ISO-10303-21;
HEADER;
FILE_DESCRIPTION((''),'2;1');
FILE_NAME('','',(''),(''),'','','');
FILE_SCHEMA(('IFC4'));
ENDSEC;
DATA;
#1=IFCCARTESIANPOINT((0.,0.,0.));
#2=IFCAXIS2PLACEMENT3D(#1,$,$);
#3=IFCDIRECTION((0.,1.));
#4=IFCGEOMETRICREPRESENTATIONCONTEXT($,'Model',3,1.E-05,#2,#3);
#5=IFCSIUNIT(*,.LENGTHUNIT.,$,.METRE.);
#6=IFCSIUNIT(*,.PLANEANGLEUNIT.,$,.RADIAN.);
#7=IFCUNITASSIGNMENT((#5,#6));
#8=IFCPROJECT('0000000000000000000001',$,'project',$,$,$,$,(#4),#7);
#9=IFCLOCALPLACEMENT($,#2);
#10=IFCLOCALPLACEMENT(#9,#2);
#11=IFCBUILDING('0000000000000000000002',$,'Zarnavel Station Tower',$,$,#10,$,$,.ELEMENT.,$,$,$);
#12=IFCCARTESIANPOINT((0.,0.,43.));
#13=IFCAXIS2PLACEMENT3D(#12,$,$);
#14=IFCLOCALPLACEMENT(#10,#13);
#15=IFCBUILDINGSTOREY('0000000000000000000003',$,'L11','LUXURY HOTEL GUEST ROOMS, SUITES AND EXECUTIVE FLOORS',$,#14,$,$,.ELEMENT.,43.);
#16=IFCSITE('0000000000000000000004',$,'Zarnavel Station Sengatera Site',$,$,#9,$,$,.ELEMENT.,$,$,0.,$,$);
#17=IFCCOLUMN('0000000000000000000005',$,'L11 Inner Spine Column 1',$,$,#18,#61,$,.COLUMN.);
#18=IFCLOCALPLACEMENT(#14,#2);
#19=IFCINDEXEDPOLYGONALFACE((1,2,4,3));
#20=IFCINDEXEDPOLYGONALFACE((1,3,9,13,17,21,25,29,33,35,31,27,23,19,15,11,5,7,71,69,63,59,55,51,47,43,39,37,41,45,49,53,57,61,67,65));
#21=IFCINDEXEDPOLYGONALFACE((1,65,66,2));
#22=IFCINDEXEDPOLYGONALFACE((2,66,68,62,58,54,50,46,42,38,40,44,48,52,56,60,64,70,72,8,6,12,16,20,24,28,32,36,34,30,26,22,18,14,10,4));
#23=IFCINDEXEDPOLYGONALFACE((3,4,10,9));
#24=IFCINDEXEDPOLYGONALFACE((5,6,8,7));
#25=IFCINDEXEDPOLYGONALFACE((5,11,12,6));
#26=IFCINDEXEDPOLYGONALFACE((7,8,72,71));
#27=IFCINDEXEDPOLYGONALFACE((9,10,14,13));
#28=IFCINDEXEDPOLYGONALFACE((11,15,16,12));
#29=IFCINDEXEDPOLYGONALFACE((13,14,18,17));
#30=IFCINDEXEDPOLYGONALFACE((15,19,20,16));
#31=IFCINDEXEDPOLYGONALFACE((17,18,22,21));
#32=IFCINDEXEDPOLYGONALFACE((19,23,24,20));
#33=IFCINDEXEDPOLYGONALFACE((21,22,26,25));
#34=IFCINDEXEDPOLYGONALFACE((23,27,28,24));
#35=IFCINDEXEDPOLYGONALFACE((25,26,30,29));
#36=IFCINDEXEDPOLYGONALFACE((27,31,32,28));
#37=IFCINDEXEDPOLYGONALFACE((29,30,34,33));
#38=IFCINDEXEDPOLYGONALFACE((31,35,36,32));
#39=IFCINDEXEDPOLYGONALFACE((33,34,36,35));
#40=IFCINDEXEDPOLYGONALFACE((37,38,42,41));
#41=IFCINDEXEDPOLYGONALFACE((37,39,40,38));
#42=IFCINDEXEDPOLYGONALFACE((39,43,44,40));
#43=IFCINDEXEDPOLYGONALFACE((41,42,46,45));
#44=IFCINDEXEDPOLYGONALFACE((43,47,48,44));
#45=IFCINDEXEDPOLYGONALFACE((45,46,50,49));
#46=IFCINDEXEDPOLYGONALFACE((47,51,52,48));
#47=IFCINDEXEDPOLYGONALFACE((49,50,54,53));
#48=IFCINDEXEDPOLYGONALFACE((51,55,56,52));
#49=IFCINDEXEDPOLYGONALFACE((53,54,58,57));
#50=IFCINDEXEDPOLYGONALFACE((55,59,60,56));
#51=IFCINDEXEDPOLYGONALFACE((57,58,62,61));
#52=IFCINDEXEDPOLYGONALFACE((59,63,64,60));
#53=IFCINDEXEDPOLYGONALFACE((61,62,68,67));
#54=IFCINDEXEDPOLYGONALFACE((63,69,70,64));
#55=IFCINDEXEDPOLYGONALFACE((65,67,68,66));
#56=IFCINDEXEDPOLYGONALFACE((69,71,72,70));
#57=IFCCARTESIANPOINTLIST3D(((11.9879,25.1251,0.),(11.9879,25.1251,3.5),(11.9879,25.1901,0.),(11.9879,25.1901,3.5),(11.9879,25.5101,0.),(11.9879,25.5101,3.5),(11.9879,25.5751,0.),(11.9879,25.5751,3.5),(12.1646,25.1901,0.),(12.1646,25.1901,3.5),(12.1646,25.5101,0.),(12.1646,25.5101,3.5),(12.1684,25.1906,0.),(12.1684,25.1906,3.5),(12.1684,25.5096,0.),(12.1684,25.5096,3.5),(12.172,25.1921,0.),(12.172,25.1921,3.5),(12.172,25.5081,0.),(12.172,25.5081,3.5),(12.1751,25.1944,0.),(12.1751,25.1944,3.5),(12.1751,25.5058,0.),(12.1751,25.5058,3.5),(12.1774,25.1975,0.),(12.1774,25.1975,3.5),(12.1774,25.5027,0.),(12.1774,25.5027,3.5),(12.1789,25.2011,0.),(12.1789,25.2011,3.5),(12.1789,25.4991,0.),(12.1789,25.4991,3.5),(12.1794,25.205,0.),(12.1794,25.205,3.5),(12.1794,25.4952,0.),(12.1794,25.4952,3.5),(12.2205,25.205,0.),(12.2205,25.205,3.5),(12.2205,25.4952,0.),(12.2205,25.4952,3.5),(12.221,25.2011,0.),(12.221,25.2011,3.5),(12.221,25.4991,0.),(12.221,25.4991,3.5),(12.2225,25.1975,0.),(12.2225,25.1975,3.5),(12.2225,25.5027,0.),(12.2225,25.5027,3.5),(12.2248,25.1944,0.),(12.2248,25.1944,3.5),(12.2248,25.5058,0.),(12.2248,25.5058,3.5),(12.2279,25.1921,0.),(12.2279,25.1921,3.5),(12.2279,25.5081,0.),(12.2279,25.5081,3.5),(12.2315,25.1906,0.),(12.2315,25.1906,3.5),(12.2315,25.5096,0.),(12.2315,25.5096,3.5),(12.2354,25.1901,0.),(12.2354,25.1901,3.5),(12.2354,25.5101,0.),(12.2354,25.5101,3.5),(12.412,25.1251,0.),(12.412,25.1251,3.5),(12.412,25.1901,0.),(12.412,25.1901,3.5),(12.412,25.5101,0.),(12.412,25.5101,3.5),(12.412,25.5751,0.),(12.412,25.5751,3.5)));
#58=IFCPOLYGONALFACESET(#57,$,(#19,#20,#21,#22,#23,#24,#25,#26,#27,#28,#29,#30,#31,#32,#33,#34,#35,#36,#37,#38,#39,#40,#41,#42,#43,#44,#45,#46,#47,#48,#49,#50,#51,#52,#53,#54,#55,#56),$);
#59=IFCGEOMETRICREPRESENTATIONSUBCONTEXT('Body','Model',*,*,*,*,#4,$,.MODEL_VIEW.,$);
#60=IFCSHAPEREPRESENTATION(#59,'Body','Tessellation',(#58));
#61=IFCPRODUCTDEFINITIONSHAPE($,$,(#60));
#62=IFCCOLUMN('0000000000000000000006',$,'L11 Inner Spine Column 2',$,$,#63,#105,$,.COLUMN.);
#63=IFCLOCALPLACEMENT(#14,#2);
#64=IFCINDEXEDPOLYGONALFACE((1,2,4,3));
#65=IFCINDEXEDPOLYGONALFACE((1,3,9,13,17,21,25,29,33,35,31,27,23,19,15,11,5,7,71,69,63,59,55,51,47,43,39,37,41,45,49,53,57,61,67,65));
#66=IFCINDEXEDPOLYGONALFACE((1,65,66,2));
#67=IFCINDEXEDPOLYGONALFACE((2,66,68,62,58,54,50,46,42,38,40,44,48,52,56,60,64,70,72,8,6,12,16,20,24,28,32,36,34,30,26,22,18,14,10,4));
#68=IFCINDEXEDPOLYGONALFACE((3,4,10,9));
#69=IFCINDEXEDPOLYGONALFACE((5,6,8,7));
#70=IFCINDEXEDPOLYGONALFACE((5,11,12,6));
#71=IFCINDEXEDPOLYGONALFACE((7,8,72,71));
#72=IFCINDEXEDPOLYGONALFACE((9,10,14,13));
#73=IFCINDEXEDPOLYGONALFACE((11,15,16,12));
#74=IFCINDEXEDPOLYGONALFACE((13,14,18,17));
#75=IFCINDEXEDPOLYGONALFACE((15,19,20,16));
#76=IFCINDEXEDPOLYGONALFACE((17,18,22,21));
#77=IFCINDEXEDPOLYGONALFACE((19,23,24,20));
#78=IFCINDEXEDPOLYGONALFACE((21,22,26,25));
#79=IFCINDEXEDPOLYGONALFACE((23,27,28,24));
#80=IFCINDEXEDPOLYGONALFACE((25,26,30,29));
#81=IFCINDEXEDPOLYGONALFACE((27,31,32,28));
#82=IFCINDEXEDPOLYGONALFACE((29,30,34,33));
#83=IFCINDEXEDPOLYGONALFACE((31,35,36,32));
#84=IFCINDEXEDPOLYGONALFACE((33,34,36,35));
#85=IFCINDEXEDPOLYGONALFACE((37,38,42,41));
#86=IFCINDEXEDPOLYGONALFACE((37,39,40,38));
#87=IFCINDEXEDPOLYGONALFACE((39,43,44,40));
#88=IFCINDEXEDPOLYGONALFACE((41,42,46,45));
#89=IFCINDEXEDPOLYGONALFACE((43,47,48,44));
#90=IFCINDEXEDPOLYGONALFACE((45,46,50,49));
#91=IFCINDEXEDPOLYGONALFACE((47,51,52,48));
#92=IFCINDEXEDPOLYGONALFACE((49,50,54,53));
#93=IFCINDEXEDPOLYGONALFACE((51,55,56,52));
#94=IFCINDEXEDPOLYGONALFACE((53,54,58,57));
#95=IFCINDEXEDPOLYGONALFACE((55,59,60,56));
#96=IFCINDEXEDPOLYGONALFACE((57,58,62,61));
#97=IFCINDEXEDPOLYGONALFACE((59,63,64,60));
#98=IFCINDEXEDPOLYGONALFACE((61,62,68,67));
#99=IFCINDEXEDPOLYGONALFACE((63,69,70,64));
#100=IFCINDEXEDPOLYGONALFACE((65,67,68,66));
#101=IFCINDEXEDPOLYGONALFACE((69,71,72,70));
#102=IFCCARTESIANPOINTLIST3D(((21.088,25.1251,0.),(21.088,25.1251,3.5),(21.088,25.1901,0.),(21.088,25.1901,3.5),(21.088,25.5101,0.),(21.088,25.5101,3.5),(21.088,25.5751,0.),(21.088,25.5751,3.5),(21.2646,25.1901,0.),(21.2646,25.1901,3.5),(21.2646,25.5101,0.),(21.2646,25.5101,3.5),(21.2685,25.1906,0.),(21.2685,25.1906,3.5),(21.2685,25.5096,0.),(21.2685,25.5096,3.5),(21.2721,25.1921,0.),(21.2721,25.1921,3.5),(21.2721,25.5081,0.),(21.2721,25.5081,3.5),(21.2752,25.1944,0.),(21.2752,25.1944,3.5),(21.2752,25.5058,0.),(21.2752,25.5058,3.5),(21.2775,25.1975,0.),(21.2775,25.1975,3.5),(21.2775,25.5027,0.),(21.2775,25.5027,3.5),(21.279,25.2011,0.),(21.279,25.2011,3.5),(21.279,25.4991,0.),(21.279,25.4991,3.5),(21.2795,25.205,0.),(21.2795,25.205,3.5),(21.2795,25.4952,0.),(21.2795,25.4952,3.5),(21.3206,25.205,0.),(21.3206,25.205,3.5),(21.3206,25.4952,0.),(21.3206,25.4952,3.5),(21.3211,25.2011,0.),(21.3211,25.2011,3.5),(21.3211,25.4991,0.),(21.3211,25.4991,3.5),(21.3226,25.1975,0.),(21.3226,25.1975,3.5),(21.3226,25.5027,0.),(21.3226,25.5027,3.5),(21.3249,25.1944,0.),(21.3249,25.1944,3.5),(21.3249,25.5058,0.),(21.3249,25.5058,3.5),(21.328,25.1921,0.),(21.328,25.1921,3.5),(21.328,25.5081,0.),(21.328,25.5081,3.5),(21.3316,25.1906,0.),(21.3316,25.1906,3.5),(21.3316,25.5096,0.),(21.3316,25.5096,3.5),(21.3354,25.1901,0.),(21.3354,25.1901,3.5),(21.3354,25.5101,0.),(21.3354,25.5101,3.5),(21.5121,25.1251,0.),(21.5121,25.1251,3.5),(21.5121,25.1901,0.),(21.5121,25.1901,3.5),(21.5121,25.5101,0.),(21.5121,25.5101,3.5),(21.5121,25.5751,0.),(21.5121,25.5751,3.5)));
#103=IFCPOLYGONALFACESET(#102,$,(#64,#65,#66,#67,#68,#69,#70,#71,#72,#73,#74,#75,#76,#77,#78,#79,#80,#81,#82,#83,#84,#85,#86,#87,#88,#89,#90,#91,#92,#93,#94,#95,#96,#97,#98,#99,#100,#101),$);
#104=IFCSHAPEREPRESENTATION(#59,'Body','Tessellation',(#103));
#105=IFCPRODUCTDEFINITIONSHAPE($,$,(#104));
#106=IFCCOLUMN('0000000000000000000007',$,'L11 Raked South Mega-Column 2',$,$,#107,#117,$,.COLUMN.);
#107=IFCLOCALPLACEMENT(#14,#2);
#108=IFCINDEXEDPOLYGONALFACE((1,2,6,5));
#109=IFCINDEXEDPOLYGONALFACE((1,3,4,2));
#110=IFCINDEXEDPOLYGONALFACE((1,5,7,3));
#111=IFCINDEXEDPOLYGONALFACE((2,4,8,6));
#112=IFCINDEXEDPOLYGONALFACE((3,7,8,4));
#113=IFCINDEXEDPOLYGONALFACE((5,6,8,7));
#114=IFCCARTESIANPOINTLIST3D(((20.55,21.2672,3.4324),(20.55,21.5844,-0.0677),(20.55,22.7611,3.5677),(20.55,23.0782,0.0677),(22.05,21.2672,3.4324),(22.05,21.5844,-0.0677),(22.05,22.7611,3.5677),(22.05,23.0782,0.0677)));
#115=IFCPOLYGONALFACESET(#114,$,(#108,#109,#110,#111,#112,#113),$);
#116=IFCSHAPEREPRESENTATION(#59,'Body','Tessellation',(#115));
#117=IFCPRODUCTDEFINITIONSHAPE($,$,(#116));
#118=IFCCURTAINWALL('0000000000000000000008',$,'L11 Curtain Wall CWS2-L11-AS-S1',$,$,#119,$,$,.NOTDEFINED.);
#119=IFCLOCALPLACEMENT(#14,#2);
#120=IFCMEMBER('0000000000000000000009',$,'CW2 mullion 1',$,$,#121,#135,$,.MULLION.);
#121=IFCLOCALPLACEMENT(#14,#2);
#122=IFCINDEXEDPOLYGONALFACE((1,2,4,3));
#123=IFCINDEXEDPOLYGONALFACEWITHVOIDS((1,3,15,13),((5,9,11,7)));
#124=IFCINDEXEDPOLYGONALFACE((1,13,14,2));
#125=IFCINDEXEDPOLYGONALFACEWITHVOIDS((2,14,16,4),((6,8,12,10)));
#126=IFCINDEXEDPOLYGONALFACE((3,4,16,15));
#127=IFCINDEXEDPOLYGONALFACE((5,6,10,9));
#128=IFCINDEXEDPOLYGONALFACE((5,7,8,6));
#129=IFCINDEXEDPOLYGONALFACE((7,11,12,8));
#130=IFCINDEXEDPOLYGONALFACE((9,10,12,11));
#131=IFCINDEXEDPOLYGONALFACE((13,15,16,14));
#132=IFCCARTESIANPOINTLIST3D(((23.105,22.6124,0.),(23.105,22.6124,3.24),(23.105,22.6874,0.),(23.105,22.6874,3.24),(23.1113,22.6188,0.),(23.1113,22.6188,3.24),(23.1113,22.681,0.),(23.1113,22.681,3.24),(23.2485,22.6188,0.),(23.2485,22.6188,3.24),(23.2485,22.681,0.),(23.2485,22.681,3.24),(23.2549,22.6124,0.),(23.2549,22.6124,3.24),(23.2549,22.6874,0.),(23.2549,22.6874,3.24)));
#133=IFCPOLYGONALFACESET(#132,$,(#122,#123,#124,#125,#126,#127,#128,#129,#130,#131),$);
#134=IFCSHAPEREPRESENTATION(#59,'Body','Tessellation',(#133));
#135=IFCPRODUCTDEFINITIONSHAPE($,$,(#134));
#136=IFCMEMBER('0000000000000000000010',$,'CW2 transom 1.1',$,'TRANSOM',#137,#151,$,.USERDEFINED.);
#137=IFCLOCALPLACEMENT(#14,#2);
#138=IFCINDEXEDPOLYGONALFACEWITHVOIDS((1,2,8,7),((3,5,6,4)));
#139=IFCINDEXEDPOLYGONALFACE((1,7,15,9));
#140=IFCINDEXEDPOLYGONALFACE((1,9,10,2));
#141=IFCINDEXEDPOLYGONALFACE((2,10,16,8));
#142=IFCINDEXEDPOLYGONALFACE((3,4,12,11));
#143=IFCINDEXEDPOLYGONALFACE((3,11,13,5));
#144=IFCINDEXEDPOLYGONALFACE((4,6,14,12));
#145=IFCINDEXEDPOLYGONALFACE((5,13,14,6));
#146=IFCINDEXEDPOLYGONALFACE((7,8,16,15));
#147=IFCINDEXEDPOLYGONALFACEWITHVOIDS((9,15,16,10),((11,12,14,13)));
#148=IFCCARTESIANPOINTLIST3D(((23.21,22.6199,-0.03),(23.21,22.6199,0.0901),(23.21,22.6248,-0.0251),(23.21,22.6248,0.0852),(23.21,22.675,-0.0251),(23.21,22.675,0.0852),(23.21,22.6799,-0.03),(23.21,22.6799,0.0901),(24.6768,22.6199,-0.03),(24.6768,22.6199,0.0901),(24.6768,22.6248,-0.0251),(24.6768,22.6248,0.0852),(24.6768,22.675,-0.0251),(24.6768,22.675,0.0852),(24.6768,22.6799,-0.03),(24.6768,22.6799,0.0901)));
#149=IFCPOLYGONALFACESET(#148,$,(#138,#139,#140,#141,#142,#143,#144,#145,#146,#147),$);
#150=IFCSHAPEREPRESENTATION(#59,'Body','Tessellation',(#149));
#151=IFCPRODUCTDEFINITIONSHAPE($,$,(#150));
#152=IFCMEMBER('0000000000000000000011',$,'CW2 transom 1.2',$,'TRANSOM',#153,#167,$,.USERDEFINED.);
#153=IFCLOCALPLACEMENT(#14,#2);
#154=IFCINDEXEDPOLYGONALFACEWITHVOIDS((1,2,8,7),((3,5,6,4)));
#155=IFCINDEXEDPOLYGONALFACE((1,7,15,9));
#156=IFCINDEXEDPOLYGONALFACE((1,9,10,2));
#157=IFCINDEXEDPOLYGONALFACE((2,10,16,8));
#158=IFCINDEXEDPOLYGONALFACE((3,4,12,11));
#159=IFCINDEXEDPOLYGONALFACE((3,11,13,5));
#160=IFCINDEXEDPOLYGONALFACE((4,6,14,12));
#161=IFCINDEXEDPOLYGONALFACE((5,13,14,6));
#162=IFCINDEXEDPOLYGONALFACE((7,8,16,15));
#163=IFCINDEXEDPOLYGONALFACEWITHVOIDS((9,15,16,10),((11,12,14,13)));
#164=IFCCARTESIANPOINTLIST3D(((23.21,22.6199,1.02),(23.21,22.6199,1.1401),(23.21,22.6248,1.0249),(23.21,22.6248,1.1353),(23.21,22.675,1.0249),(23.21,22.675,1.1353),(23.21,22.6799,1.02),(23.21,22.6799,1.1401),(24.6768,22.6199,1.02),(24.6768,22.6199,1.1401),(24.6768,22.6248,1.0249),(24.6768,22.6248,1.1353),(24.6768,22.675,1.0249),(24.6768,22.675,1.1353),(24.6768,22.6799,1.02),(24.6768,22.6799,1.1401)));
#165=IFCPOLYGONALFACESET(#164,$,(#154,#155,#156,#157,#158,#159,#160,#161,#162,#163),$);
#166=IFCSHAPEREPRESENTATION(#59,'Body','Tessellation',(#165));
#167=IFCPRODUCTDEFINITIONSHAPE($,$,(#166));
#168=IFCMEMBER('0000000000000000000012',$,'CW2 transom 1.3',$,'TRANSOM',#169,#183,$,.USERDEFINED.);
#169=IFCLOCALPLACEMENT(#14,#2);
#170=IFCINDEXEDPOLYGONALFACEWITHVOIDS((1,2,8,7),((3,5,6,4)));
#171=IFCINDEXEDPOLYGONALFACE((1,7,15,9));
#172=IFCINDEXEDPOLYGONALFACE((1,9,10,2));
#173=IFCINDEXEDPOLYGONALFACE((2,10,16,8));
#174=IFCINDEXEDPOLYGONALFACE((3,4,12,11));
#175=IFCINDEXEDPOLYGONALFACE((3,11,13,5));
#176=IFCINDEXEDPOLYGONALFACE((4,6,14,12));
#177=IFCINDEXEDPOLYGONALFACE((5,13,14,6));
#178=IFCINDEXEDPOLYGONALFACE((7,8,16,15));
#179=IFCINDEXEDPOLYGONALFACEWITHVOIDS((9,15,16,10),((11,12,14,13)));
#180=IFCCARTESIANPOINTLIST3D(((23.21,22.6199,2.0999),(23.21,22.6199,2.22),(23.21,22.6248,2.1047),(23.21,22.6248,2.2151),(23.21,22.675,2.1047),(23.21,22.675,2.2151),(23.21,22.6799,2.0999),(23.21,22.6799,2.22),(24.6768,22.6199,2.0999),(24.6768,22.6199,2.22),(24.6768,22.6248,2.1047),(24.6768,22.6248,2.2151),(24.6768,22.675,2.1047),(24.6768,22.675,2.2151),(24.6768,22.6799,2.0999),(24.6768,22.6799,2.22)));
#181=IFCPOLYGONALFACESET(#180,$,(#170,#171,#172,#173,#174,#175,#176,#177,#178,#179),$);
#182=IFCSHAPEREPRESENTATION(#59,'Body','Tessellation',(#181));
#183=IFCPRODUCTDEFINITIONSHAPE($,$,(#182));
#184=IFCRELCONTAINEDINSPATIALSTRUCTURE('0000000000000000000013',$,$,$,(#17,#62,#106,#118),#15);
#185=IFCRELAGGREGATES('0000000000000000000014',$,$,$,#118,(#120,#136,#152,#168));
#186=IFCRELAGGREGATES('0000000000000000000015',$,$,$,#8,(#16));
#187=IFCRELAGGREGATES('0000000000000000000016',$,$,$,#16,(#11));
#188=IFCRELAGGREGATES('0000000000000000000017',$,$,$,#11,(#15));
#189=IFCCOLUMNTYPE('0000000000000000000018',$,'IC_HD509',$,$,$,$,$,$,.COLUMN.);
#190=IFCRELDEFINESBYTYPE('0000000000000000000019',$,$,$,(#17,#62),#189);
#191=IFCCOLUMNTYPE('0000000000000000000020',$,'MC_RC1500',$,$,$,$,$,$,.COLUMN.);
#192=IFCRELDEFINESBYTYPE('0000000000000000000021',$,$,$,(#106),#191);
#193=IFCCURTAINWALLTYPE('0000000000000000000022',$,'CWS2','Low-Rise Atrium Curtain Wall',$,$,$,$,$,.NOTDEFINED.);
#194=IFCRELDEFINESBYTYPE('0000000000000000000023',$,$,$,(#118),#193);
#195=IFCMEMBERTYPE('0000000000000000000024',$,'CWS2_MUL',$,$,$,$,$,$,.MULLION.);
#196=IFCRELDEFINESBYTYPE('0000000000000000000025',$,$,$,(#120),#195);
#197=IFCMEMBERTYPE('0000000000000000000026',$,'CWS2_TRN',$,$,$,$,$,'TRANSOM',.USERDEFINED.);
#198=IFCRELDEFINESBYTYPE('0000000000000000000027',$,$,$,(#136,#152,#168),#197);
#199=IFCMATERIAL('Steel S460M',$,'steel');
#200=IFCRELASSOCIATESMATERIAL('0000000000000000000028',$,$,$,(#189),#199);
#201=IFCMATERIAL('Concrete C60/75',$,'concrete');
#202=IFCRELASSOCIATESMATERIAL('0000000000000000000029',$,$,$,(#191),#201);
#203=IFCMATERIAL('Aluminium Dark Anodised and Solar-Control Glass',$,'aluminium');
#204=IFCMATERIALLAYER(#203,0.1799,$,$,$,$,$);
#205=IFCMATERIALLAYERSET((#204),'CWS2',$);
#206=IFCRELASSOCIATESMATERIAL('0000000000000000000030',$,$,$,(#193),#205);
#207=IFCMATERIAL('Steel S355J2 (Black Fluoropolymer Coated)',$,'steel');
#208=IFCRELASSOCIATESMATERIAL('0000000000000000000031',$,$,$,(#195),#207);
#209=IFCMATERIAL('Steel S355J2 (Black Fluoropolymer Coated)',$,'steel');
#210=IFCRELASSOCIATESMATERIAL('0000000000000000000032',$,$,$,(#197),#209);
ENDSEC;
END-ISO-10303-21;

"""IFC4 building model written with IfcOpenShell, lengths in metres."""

from ifc_helpers import new_model, si_unit, direction, frame, origin, origin_2d, place, context, subcontext, project, spatial, rectangle, hollow_rectangle, i_section, extrude, material, layer, layer_set, material_profile, profile_set, type_object, element, aggregate, save


model = new_model("IFC4")

# Units and contexts
model_context = context("Model", 3, precision=1e-05, world=origin(), true_north=direction((0.0, 1.0)))
body_context = subcontext(model_context, "Body", "Model", "MODEL_VIEW")
ifc_project = project(units=[si_unit("LENGTHUNIT", "METRE"), si_unit("PLANEANGLEUNIT", "RADIAN")], contexts=[model_context])

# Site, building, storey
site_placement = place(None, origin())
site = spatial("IfcSite", under=ifc_project, at=site_placement, Name="Zarnavel Station Sengatera Site", CompositionType="ELEMENT", RefElevation=0.0)
building_placement = place(site_placement, origin())
building = spatial("IfcBuilding", under=site, at=building_placement, Name="Zarnavel Station Tower", CompositionType="ELEMENT")
storey_placement = place(building_placement, frame((0.0, 0.0, 43.0)))
storey = spatial("IfcBuildingStorey", under=building, at=storey_placement, Name="L11", Description="LUXURY HOTEL GUEST ROOMS, SUITES AND EXECUTIVE FLOORS", CompositionType="ELEMENT", Elevation=43.0)

# Columns
ifc_material_1 = material(Name="Steel S460M", Category="steel")
ifc_material_profile_1 = material_profile(ifc_material_1, i_section(OverallWidth=0.4241, OverallDepth=0.45, WebThickness=0.041, FlangeThickness=0.0649, FilletRadius=0.0149, at=origin_2d()), Name="HD400x509")
ifc_profile_set_1 = profile_set([ifc_material_profile_1], Name="Steel S460M")
column_type_1 = type_object("IfcColumnType", Name="IC_HD509", PredefinedType="COLUMN", material=ifc_profile_set_1)
for number, where, z_axis, x_axis, name in (
    (1, (12.2, 25.3501, 0.0), (0.0, 0.0, 1.0), (1.0, 0.0, 0.0), "L11 Inner Spine Column 1"),
    (2, (21.3, 25.3501, 0.0), (0.0, 0.0, 1.0), (1.0, 0.0, 0.0), "L11 Inner Spine Column 2"),
):
    element("IfcColumn", number, at=place(storey_placement, frame(where, z_axis=z_axis, x_axis=x_axis)), inside=storey, type_object=column_type_1, Name=name, PredefinedType="COLUMN", context=body_context, shape_type="SweptSolid", body=[
        extrude(i_section(OverallWidth=0.4241, OverallDepth=0.45, WebThickness=0.041, FlangeThickness=0.0649, FilletRadius=0.0149, at=origin_2d()), origin(), (0.0, 0.0, 1.0), 3.5),
    ])
ifc_material_2 = material(Name="Concrete C60/75", Category="concrete")
ifc_material_profile_2 = material_profile(ifc_material_2, rectangle(XDim=1.5, YDim=1.5, at=origin_2d()), Name="RC1500x1500")
ifc_profile_set_2 = profile_set([ifc_material_profile_2], Name="Concrete C60/75")
column_type_2 = type_object("IfcColumnType", Name="MC_RC1500", PredefinedType="COLUMN", material=ifc_profile_set_2)
column_placement = place(storey_placement, frame((21.3, 22.3313, 0.0), z_axis=(0.0, -0.090241, 0.99592), x_axis=(1.0, 0.0, 0.0)))
element("IfcColumn", 3, at=column_placement, inside=storey, type_object=column_type_2, Name="L11 Raked South Mega-Column 2", PredefinedType="COLUMN", context=body_context, shape_type="SweptSolid", body=[
    extrude(rectangle(XDim=1.5, YDim=1.5, at=origin_2d()), origin(), (0.0, 0.0, 1.0), 3.5144),
])

# Curtain wall, members
ifc_material_3 = material(Name="Aluminium Dark Anodised and Solar-Control Glass", Category="aluminium")
ifc_layer_1 = layer(ifc_material_3, 0.1799)
ifc_layer_set_1 = layer_set([ifc_layer_1], Name="CWS2")
curtain_wall_type = type_object("IfcCurtainWallType", Name="CWS2", Description="Low-Rise Atrium Curtain Wall", PredefinedType="NOTDEFINED", material=ifc_layer_set_1)
curtain_wall_placement = place(storey_placement, origin())
curtain_wall = element("IfcCurtainWall", 4, at=curtain_wall_placement, inside=storey, type_object=curtain_wall_type, Name="L11 Curtain Wall CWS2-L11-AS-S1", PredefinedType="NOTDEFINED")
ifc_material_4 = material(Name="Steel S355J2 (Black Fluoropolymer Coated)", Category="steel")
ifc_material_profile_3 = material_profile(ifc_material_4, hollow_rectangle(XDim=0.075, YDim=0.1499, WallThickness=0.0063, at=origin_2d()), Name="RHS150x75x6.3")
ifc_profile_set_3 = profile_set([ifc_material_profile_3], Name="Steel S355J2 (Black Fluoropolymer Coated)")
member_type_1 = type_object("IfcMemberType", Name="CWS2_MUL", PredefinedType="MULLION", material=ifc_profile_set_3)
member_1_placement = place(storey_placement, frame((23.1799, 22.6499, 0.0), z_axis=(0.0, 0.0, 1.0), x_axis=(0.0, 1.0, 0.0)))
member_1 = element("IfcMember", 5, at=member_1_placement, type_object=member_type_1, Name="CW2 mullion 1", PredefinedType="MULLION", context=body_context, shape_type="SweptSolid", body=[
    extrude(hollow_rectangle(XDim=0.075, YDim=0.1499, WallThickness=0.0063, at=origin_2d()), origin(), (0.0, 0.0, 1.0), 3.24),
])
ifc_material_5 = material(Name="Steel S355J2 (Black Fluoropolymer Coated)", Category="steel")
ifc_material_profile_4 = material_profile(ifc_material_5, hollow_rectangle(XDim=0.0601, YDim=0.1201, WallThickness=0.0049, at=origin_2d()), Name="RHS120x60x5")
ifc_profile_set_4 = profile_set([ifc_material_profile_4], Name="Steel S355J2 (Black Fluoropolymer Coated)")
member_type_2 = type_object("IfcMemberType", Name="CWS2_TRN", ElementType="TRANSOM", PredefinedType="USERDEFINED", material=ifc_profile_set_4)
member_2_placement = place(storey_placement, frame((23.21, 22.6499, 0.03), z_axis=(1.0, 0.0, 0.0), x_axis=(0.0, 1.0, 0.0)))
member_2 = element("IfcMember", 6, at=member_2_placement, type_object=member_type_2, Name="CW2 transom 1.1", ObjectType="TRANSOM", PredefinedType="USERDEFINED", context=body_context, shape_type="SweptSolid", body=[
    extrude(hollow_rectangle(XDim=0.0601, YDim=0.1201, WallThickness=0.0049, at=origin_2d()), origin(), (0.0, 0.0, 1.0), 1.4668),
])
member_3_placement = place(storey_placement, frame((23.21, 22.6499, 1.0801), z_axis=(1.0, 0.0, 0.0), x_axis=(0.0, 1.0, 0.0)))
member_3 = element("IfcMember", 7, at=member_3_placement, type_object=member_type_2, Name="CW2 transom 1.2", ObjectType="TRANSOM", PredefinedType="USERDEFINED", context=body_context, shape_type="SweptSolid", body=[
    extrude(hollow_rectangle(XDim=0.0601, YDim=0.1201, WallThickness=0.0049, at=origin_2d()), origin(), (0.0, 0.0, 1.0), 1.4668),
])
member_4_placement = place(storey_placement, frame((23.21, 22.6499, 2.1599), z_axis=(1.0, 0.0, 0.0), x_axis=(0.0, 1.0, 0.0)))
member_4 = element("IfcMember", 8, at=member_4_placement, type_object=member_type_2, Name="CW2 transom 1.3", ObjectType="TRANSOM", PredefinedType="USERDEFINED", context=body_context, shape_type="SweptSolid", body=[
    extrude(hollow_rectangle(XDim=0.0601, YDim=0.1201, WallThickness=0.0049, at=origin_2d()), origin(), (0.0, 0.0, 1.0), 1.4668),
])
aggregate(curtain_wall, [member_1, member_2, member_3, member_4])

save(model, "model.ifc")
